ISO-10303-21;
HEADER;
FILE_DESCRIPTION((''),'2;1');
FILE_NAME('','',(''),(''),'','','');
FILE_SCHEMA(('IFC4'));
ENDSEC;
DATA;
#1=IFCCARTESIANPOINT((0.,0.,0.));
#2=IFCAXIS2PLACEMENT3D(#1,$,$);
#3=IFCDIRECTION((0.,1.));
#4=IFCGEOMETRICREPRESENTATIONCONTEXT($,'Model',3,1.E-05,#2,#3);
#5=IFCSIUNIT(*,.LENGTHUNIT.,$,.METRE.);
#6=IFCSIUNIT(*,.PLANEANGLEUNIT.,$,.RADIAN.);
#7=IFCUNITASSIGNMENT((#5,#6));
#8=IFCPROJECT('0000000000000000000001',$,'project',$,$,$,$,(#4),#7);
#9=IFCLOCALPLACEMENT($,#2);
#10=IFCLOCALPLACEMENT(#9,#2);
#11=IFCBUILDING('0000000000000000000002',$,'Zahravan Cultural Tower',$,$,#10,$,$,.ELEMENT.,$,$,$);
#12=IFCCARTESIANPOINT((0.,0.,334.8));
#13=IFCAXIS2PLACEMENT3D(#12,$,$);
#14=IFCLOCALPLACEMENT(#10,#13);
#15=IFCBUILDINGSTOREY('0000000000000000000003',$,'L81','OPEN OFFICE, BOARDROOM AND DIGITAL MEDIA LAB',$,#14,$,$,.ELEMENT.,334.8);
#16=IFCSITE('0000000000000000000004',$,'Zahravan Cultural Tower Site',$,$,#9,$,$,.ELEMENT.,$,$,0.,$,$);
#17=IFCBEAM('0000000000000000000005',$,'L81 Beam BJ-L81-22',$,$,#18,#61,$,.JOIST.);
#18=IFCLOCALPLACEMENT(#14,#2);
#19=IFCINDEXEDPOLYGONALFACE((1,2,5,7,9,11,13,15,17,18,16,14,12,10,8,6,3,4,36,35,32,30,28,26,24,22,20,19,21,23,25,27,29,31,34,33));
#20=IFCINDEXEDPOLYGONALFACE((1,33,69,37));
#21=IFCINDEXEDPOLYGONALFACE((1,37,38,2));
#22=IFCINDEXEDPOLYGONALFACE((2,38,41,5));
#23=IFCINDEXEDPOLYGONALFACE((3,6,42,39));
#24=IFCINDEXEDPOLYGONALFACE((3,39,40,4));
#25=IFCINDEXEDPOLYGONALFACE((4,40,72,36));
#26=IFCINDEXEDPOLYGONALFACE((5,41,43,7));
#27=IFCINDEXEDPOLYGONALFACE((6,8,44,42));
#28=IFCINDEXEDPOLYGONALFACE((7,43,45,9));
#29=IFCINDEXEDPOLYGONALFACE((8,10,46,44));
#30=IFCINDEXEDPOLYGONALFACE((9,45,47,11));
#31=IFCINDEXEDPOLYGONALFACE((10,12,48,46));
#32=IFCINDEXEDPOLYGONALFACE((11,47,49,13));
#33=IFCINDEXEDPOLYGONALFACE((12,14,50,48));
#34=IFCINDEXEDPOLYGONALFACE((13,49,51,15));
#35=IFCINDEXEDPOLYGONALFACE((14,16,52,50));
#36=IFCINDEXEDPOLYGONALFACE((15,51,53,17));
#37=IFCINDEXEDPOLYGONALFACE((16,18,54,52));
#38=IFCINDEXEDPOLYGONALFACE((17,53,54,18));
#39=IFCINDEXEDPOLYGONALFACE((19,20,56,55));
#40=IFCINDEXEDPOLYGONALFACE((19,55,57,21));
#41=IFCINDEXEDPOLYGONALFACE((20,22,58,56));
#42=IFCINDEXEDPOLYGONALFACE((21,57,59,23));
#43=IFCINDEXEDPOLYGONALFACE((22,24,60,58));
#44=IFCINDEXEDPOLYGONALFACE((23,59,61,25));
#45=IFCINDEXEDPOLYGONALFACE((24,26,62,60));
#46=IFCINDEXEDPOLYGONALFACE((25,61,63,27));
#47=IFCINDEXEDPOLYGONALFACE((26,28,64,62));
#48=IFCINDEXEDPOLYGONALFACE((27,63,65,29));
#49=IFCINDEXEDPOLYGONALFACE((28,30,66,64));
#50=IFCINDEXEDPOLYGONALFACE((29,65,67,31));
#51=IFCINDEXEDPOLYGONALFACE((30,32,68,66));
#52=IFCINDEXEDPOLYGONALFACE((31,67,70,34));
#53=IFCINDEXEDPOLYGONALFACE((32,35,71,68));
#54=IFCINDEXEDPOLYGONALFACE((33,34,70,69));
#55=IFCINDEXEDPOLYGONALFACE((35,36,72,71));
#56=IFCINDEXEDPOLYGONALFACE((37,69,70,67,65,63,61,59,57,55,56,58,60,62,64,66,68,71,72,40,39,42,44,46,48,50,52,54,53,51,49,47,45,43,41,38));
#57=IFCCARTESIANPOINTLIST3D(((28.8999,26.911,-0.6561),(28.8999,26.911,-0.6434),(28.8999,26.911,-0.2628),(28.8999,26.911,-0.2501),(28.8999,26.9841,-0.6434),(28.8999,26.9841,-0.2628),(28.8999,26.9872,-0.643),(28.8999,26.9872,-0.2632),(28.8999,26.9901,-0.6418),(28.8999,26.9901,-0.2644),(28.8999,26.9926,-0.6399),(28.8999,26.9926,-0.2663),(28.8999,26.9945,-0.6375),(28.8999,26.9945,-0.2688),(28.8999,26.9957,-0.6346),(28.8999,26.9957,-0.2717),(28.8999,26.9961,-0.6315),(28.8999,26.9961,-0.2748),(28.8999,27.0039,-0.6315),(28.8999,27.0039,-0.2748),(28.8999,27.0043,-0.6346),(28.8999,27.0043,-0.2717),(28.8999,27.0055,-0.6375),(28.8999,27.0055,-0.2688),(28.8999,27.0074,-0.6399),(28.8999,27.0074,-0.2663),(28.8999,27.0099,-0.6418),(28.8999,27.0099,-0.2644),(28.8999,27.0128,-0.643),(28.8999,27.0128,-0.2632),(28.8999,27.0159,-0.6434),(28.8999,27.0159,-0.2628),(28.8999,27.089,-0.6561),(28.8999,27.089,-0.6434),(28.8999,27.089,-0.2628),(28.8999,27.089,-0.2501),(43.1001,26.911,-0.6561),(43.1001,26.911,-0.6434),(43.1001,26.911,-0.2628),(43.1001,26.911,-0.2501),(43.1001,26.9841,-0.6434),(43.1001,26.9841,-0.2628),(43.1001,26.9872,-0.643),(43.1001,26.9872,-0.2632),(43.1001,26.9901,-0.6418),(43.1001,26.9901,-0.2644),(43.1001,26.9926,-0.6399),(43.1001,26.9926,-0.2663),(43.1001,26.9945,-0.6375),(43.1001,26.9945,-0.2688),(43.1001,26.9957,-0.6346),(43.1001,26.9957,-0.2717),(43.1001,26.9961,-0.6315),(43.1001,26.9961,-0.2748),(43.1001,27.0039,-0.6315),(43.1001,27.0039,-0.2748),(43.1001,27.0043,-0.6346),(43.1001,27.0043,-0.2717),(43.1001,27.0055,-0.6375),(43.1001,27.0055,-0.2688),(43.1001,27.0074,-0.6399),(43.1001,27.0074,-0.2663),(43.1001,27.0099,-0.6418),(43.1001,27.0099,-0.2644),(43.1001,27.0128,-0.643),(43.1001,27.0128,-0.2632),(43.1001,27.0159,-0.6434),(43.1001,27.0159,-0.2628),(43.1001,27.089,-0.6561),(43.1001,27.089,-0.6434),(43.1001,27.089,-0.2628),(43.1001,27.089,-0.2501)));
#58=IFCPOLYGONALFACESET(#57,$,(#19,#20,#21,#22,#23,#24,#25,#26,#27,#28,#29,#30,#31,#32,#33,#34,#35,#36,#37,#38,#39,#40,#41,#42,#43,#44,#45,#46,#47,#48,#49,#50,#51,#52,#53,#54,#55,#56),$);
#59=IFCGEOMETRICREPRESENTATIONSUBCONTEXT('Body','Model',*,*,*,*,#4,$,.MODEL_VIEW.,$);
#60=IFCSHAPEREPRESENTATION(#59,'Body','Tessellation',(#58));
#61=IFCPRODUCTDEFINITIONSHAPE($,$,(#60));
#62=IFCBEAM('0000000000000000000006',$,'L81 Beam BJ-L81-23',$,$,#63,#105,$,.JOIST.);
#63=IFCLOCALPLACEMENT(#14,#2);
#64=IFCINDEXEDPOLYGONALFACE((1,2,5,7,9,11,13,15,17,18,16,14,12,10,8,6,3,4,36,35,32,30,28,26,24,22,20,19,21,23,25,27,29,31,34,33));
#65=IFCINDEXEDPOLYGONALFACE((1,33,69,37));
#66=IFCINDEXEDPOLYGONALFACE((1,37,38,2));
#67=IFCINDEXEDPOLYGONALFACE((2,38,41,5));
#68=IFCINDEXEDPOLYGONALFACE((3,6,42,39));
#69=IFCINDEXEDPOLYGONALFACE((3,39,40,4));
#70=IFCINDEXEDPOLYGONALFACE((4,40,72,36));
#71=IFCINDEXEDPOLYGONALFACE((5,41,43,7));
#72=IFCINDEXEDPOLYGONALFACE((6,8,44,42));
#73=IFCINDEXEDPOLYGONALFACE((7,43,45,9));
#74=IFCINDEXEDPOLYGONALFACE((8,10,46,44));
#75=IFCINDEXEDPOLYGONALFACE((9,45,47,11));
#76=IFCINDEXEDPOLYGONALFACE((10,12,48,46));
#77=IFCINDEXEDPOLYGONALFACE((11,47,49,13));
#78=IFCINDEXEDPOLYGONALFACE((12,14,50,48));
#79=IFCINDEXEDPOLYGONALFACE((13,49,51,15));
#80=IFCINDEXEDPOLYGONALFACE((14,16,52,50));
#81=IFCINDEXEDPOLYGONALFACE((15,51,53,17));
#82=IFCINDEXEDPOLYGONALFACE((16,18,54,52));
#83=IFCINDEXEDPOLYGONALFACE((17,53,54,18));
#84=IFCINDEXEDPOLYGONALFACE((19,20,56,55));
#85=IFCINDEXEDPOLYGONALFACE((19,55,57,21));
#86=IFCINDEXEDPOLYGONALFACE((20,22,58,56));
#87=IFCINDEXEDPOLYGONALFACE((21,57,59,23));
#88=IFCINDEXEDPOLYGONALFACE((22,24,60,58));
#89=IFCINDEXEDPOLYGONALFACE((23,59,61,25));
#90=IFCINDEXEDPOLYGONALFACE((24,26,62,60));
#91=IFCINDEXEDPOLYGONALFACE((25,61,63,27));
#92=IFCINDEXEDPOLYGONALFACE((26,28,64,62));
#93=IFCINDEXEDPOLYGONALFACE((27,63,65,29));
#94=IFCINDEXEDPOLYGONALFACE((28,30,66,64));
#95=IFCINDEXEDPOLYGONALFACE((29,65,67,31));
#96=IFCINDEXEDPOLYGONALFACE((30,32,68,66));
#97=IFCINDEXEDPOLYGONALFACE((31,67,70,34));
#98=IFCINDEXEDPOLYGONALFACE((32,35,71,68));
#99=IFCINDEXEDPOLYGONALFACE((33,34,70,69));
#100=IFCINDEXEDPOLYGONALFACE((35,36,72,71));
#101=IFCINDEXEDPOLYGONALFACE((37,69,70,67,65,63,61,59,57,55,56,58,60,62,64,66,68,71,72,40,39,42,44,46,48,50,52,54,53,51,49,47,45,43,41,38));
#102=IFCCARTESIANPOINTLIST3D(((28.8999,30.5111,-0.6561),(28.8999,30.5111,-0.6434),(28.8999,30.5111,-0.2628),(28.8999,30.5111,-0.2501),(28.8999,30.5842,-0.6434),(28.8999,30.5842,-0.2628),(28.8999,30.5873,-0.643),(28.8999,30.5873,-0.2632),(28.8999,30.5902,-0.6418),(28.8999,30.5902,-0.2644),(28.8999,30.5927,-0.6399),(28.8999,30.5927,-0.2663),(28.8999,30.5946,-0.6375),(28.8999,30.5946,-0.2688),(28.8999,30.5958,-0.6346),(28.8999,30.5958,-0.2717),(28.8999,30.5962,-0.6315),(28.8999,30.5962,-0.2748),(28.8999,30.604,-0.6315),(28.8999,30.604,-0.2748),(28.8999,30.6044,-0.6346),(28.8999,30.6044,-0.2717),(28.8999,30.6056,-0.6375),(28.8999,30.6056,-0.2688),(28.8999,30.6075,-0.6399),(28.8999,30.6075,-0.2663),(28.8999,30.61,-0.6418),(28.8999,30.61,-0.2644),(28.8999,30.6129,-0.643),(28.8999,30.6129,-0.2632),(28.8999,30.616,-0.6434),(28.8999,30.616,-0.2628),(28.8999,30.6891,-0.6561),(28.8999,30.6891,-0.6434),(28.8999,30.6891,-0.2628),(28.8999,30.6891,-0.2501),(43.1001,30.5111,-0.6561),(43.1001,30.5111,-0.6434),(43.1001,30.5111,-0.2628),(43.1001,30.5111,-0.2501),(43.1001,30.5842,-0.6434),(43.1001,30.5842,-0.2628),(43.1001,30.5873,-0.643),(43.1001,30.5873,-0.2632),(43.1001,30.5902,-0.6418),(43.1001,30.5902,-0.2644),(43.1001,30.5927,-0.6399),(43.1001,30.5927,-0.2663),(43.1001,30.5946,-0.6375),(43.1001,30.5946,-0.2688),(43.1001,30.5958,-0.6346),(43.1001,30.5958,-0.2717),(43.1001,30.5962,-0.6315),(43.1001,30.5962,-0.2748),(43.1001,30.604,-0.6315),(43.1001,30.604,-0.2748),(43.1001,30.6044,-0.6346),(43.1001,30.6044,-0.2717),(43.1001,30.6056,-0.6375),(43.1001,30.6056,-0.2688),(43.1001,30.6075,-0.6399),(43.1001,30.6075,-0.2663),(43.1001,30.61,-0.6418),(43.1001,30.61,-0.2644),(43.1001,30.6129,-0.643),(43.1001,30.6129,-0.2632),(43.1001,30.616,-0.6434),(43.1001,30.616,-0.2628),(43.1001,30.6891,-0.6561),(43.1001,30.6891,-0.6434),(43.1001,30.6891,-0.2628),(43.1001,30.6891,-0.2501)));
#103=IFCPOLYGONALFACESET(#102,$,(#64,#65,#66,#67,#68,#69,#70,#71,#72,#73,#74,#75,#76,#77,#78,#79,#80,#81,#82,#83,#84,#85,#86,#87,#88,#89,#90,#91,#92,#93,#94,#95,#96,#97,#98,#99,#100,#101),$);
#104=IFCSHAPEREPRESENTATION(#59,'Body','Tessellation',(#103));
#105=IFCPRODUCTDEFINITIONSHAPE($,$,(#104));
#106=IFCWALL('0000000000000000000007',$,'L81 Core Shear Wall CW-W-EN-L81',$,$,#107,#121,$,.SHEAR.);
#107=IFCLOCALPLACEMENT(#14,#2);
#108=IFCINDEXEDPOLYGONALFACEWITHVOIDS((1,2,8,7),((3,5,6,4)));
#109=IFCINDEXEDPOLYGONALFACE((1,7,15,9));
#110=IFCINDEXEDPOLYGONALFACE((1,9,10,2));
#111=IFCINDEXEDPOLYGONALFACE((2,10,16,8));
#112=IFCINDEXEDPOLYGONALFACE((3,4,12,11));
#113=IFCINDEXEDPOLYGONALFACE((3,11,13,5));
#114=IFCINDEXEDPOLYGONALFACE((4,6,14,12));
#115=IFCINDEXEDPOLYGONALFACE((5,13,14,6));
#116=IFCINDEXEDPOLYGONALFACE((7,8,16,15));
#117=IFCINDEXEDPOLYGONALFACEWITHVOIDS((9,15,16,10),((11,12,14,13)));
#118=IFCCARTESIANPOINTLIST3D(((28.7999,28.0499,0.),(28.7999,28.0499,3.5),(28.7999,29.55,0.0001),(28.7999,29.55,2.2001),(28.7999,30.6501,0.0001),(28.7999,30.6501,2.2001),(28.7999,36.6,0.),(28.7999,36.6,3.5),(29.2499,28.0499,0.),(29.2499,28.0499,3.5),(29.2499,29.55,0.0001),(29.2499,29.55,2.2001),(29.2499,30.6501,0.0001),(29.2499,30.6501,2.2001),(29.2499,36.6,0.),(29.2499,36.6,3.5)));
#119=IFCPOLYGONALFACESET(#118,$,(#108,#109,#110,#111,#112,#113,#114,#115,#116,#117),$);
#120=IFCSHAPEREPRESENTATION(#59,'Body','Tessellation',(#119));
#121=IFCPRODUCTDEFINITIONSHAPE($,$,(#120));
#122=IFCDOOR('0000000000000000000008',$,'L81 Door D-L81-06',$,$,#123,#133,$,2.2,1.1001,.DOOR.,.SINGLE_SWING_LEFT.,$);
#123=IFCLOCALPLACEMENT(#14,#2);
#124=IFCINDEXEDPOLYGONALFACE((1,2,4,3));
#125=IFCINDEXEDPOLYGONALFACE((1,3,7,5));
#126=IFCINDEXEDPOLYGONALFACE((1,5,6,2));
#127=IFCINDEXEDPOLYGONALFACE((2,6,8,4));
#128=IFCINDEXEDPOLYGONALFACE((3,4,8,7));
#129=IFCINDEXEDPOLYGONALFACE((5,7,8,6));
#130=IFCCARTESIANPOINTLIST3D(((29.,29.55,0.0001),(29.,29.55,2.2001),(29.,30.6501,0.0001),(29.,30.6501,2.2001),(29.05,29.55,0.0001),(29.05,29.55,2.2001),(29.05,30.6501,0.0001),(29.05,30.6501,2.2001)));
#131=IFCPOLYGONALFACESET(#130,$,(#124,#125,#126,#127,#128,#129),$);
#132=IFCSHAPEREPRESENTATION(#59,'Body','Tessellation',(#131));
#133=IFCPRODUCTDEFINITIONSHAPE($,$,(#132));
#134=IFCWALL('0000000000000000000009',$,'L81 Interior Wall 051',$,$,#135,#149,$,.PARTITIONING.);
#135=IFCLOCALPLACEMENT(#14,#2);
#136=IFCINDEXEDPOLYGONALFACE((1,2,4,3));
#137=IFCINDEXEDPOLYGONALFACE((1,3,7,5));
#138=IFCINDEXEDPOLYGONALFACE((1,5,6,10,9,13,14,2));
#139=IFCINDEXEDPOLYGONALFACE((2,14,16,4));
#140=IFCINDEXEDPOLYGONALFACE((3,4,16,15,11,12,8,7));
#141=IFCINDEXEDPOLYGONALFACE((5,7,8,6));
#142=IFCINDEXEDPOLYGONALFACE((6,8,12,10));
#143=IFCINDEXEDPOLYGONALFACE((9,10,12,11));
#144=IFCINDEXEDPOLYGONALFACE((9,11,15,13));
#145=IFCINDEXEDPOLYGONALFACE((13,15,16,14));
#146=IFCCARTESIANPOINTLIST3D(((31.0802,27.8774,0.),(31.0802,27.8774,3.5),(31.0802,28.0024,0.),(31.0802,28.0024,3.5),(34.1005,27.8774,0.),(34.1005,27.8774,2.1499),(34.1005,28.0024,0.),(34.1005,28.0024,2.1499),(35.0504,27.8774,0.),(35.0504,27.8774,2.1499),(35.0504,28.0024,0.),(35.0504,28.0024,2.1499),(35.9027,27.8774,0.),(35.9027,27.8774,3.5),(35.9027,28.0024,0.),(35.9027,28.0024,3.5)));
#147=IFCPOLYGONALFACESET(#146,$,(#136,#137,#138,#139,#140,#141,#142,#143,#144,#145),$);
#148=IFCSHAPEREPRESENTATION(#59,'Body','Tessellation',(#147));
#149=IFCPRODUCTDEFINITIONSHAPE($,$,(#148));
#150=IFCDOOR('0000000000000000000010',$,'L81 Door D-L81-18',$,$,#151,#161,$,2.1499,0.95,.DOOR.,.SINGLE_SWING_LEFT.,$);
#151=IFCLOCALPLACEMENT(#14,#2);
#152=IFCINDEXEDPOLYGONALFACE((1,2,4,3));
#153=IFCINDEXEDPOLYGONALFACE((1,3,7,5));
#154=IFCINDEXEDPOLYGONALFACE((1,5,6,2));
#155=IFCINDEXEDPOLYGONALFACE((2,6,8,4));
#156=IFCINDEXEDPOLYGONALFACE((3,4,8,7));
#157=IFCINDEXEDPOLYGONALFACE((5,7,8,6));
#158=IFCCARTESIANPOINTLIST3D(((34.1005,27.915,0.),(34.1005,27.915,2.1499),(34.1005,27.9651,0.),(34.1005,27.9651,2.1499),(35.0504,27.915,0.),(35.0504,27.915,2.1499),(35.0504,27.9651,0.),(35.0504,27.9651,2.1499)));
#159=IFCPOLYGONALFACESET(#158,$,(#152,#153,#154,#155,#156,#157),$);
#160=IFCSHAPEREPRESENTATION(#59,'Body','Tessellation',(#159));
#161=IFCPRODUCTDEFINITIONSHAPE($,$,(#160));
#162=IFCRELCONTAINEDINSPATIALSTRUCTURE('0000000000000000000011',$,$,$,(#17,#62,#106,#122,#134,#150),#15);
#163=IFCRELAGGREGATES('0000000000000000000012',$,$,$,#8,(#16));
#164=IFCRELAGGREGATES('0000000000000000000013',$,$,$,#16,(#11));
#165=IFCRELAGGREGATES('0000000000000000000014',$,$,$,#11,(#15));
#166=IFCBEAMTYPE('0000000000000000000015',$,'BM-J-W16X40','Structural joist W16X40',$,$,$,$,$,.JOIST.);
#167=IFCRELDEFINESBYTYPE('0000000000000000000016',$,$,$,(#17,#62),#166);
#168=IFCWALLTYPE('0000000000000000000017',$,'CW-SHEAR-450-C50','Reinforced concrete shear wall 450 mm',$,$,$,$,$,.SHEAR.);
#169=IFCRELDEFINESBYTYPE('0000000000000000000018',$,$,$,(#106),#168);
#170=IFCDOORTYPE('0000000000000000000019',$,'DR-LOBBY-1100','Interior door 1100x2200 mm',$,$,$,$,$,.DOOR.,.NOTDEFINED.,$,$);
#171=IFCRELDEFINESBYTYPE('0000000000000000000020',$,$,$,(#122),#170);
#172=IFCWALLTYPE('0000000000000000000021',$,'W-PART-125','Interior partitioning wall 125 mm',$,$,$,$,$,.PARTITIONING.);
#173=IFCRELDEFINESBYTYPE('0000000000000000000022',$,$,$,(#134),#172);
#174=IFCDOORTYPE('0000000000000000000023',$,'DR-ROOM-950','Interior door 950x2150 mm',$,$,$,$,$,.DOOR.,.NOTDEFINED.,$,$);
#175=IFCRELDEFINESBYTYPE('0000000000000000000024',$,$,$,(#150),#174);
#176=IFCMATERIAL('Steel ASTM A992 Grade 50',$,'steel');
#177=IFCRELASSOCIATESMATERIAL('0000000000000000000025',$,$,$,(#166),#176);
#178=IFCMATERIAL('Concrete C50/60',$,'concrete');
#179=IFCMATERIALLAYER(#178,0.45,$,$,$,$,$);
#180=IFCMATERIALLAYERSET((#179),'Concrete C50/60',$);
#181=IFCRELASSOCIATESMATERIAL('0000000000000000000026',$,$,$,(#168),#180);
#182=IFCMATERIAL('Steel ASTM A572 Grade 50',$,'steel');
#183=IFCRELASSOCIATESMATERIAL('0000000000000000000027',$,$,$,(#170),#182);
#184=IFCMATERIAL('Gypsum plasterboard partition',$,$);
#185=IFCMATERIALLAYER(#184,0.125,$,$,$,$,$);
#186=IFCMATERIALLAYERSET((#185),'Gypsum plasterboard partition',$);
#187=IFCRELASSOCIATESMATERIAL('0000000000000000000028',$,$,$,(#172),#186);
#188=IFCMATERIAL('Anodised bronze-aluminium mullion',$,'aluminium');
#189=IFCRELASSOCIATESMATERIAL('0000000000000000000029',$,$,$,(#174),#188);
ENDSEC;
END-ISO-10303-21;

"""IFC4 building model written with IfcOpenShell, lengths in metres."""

from ifc_helpers import new_model, si_unit, direction, frame, frame_2d, origin, origin_2d, place, context, subcontext, project, spatial, rectangle, i_section, extrude, source, transform, mapped, material, layer, layer_set, material_profile, profile_set, type_object, element, fill, save


model = new_model("IFC4")

# Units and contexts
model_context = context("Model", 3, precision=1e-05, world=origin(), true_north=direction((0.0, 1.0)))
body_context = subcontext(model_context, "Body", "Model", "MODEL_VIEW")
ifc_project = project(units=[si_unit("LENGTHUNIT", "METRE"), si_unit("PLANEANGLEUNIT", "RADIAN")], contexts=[model_context])

# Site, building, storey
site_placement = place(None, origin())
site = spatial("IfcSite", under=ifc_project, at=site_placement, Name="Zahravan Cultural Tower Site", CompositionType="ELEMENT", RefElevation=0.0)
building_placement = place(site_placement, origin())
building = spatial("IfcBuilding", under=site, at=building_placement, Name="Zahravan Cultural Tower", CompositionType="ELEMENT")
storey_placement = place(building_placement, frame((0.0, 0.0, 334.8)))
storey = spatial("IfcBuildingStorey", under=building, at=storey_placement, Name="L81", Description="OPEN OFFICE, BOARDROOM AND DIGITAL MEDIA LAB", CompositionType="ELEMENT", Elevation=334.8)

# Beams
ifc_material_1 = material(Name="Steel ASTM A992 Grade 50", Category="steel")
ifc_material_profile = material_profile(ifc_material_1, i_section(OverallWidth=0.178, OverallDepth=0.406, WebThickness=0.0078, FlangeThickness=0.0127, FilletRadius=0.012, at=origin_2d()), Name="W16X40")
ifc_profile_set = profile_set([ifc_material_profile], Name="Steel ASTM A992 Grade 50")
beam_type = type_object("IfcBeamType", Name="BM-J-W16X40", Description="Structural joist W16X40", PredefinedType="JOIST", material=ifc_profile_set)
shared_shape_1 = source(origin(), body_context, "Body", "SweptSolid", [
    extrude(i_section(OverallWidth=0.178, OverallDepth=0.406, WebThickness=0.0078, FlangeThickness=0.0127, FilletRadius=0.012, at=origin_2d()), origin(), (0.0, 0.0, 1.0), 14.2002),
])
for number, where, z_axis, x_axis, name in (
    (1, (28.8999, 27.0, -0.4531), (1.0, 0.0, 0.0), (0.0, 1.0, 0.0), "L81 Beam BJ-L81-22"),
    (2, (28.8999, 30.6001, -0.4531), (1.0, 0.0, 0.0), (0.0, 1.0, 0.0), "L81 Beam BJ-L81-23"),
):
    element("IfcBeam", number, at=place(storey_placement, frame(where, z_axis=z_axis, x_axis=x_axis)), inside=storey, type_object=beam_type, Name=name, PredefinedType="JOIST", context=body_context, shape_type="MappedRepresentation", body=[
        mapped(shared_shape_1, transform((0.0, 0.0, 0.0), x_axis=(1.0, 0.0, 0.0), y_axis=(0.0, 1.0, 0.0), z_axis=(0.0, 0.0, 1.0), scale=1.0)),
    ])

# Walls, openings, doors
ifc_material_2 = material(Name="Concrete C50/60", Category="concrete")
ifc_layer_1 = layer(ifc_material_2, 0.45)
ifc_layer_set_1 = layer_set([ifc_layer_1], Name="Concrete C50/60")
wall_type_1 = type_object("IfcWallType", Name="CW-SHEAR-450-C50", Description="Reinforced concrete shear wall 450 mm", PredefinedType="SHEAR", material=ifc_layer_set_1)
wall_1_placement = place(storey_placement, frame((29.0249, 28.05, 0.0), z_axis=(0.0, 0.0, 1.0), x_axis=(0.0, 1.0, 0.0)))
wall_1 = element("IfcWall", 3, at=wall_1_placement, inside=storey, type_object=wall_type_1, Name="L81 Core Shear Wall CW-W-EN-L81", PredefinedType="SHEAR", context=body_context, shape_type="SweptSolid", body=[
    extrude(rectangle(XDim=8.55, YDim=0.45, at=frame_2d((4.2749, 0.0))), origin(), (0.0, 0.0, 1.0), 3.5),
])
opening_1_placement = place(wall_1_placement, frame((1.5, 0.0, 0.0)))
opening_1 = element("IfcOpeningElement", 4, at=opening_1_placement, cuts=wall_1, PredefinedType="OPENING", context=body_context, shape_type="SweptSolid", body=[
    extrude(rectangle(XDim=1.1001, YDim=2.2, at=frame_2d((0.55, 1.1001))), frame((0.0, 0.2349, 0.0), z_axis=(0.0, -1.0, 0.0), x_axis=(1.0, 0.0, 0.0)), (0.0, 0.0, 1.0), 0.47),
])
ifc_material_3 = material(Name="Steel ASTM A572 Grade 50", Category="steel")
door_type_1 = type_object("IfcDoorType", Name="DR-LOBBY-1100", Description="Interior door 1100x2200 mm", OperationType="NOTDEFINED", PredefinedType="DOOR", material=ifc_material_3)
shared_shape_2 = source(origin(), body_context, "Body", "SweptSolid", [
    extrude(rectangle(XDim=1.1001, YDim=2.2, at=frame_2d((0.55, 1.1001))), frame((0.0, 0.0249, 0.0), z_axis=(0.0, -1.0, 0.0), x_axis=(1.0, 0.0, 0.0)), (0.0, 0.0, 1.0), 0.05),
])
door_1_placement = place(opening_1_placement, origin())
door_1 = element("IfcDoor", 5, at=door_1_placement, inside=storey, type_object=door_type_1, Name="L81 Door D-L81-06", OperationType="SINGLE_SWING_LEFT", OverallHeight=2.2, OverallWidth=1.1001, PredefinedType="DOOR", context=body_context, shape_type="MappedRepresentation", body=[
    mapped(shared_shape_2, transform((0.0, 0.0, 0.0), x_axis=(1.0, 0.0, 0.0), y_axis=(0.0, 1.0, 0.0), z_axis=(0.0, 0.0, 1.0), scale=1.0)),
])
fill(opening_1, door_1)
ifc_material_4 = material(Name="Gypsum plasterboard partition")
ifc_layer_2 = layer(ifc_material_4, 0.125)
ifc_layer_set_2 = layer_set([ifc_layer_2], Name="Gypsum plasterboard partition")
wall_type_2 = type_object("IfcWallType", Name="W-PART-125", Description="Interior partitioning wall 125 mm", PredefinedType="PARTITIONING", material=ifc_layer_set_2)
wall_2_placement = place(storey_placement, frame((35.9026, 27.9399, 0.0), z_axis=(0.0, 0.0, 1.0), x_axis=(-1.0, 0.0, 0.0)))
wall_2 = element("IfcWall", 6, at=wall_2_placement, inside=storey, type_object=wall_type_2, Name="L81 Interior Wall 051", PredefinedType="PARTITIONING", context=body_context, shape_type="SweptSolid", body=[
    extrude(rectangle(XDim=4.8225, YDim=0.125, at=frame_2d((2.4111, 0.0))), origin(), (0.0, 0.0, 1.0), 3.5),
])
opening_2_placement = place(wall_2_placement, frame((0.8521, 0.0, 0.0)))
opening_2 = element("IfcOpeningElement", 7, at=opening_2_placement, cuts=wall_2, PredefinedType="OPENING", context=body_context, shape_type="SweptSolid", body=[
    extrude(rectangle(XDim=0.95, YDim=2.1499, at=frame_2d((0.4751, 1.075))), frame((0.0, 0.0725, 0.0), z_axis=(0.0, -1.0, 0.0), x_axis=(1.0, 0.0, 0.0)), (0.0, 0.0, 1.0), 0.145),
])
ifc_material_5 = material(Name="Anodised bronze-aluminium mullion", Category="aluminium")
door_type_2 = type_object("IfcDoorType", Name="DR-ROOM-950", Description="Interior door 950x2150 mm", OperationType="NOTDEFINED", PredefinedType="DOOR", material=ifc_material_5)
shared_shape_3 = source(origin(), body_context, "Body", "SweptSolid", [
    extrude(rectangle(XDim=0.95, YDim=2.1499, at=frame_2d((0.4751, 1.075))), frame((0.0, 0.0249, 0.0), z_axis=(0.0, -1.0, 0.0), x_axis=(1.0, 0.0, 0.0)), (0.0, 0.0, 1.0), 0.05),
])
door_2_placement = place(opening_2_placement, origin())
door_2 = element("IfcDoor", 8, at=door_2_placement, inside=storey, type_object=door_type_2, Name="L81 Door D-L81-18", OperationType="SINGLE_SWING_LEFT", OverallHeight=2.1499, OverallWidth=0.95, PredefinedType="DOOR", context=body_context, shape_type="MappedRepresentation", body=[
    mapped(shared_shape_3, transform((0.0, 0.0, 0.0), x_axis=(1.0, 0.0, 0.0), y_axis=(0.0, 1.0, 0.0), z_axis=(0.0, 0.0, 1.0), scale=1.0)),
])
fill(opening_2, door_2)

save(model, "model.ifc")
